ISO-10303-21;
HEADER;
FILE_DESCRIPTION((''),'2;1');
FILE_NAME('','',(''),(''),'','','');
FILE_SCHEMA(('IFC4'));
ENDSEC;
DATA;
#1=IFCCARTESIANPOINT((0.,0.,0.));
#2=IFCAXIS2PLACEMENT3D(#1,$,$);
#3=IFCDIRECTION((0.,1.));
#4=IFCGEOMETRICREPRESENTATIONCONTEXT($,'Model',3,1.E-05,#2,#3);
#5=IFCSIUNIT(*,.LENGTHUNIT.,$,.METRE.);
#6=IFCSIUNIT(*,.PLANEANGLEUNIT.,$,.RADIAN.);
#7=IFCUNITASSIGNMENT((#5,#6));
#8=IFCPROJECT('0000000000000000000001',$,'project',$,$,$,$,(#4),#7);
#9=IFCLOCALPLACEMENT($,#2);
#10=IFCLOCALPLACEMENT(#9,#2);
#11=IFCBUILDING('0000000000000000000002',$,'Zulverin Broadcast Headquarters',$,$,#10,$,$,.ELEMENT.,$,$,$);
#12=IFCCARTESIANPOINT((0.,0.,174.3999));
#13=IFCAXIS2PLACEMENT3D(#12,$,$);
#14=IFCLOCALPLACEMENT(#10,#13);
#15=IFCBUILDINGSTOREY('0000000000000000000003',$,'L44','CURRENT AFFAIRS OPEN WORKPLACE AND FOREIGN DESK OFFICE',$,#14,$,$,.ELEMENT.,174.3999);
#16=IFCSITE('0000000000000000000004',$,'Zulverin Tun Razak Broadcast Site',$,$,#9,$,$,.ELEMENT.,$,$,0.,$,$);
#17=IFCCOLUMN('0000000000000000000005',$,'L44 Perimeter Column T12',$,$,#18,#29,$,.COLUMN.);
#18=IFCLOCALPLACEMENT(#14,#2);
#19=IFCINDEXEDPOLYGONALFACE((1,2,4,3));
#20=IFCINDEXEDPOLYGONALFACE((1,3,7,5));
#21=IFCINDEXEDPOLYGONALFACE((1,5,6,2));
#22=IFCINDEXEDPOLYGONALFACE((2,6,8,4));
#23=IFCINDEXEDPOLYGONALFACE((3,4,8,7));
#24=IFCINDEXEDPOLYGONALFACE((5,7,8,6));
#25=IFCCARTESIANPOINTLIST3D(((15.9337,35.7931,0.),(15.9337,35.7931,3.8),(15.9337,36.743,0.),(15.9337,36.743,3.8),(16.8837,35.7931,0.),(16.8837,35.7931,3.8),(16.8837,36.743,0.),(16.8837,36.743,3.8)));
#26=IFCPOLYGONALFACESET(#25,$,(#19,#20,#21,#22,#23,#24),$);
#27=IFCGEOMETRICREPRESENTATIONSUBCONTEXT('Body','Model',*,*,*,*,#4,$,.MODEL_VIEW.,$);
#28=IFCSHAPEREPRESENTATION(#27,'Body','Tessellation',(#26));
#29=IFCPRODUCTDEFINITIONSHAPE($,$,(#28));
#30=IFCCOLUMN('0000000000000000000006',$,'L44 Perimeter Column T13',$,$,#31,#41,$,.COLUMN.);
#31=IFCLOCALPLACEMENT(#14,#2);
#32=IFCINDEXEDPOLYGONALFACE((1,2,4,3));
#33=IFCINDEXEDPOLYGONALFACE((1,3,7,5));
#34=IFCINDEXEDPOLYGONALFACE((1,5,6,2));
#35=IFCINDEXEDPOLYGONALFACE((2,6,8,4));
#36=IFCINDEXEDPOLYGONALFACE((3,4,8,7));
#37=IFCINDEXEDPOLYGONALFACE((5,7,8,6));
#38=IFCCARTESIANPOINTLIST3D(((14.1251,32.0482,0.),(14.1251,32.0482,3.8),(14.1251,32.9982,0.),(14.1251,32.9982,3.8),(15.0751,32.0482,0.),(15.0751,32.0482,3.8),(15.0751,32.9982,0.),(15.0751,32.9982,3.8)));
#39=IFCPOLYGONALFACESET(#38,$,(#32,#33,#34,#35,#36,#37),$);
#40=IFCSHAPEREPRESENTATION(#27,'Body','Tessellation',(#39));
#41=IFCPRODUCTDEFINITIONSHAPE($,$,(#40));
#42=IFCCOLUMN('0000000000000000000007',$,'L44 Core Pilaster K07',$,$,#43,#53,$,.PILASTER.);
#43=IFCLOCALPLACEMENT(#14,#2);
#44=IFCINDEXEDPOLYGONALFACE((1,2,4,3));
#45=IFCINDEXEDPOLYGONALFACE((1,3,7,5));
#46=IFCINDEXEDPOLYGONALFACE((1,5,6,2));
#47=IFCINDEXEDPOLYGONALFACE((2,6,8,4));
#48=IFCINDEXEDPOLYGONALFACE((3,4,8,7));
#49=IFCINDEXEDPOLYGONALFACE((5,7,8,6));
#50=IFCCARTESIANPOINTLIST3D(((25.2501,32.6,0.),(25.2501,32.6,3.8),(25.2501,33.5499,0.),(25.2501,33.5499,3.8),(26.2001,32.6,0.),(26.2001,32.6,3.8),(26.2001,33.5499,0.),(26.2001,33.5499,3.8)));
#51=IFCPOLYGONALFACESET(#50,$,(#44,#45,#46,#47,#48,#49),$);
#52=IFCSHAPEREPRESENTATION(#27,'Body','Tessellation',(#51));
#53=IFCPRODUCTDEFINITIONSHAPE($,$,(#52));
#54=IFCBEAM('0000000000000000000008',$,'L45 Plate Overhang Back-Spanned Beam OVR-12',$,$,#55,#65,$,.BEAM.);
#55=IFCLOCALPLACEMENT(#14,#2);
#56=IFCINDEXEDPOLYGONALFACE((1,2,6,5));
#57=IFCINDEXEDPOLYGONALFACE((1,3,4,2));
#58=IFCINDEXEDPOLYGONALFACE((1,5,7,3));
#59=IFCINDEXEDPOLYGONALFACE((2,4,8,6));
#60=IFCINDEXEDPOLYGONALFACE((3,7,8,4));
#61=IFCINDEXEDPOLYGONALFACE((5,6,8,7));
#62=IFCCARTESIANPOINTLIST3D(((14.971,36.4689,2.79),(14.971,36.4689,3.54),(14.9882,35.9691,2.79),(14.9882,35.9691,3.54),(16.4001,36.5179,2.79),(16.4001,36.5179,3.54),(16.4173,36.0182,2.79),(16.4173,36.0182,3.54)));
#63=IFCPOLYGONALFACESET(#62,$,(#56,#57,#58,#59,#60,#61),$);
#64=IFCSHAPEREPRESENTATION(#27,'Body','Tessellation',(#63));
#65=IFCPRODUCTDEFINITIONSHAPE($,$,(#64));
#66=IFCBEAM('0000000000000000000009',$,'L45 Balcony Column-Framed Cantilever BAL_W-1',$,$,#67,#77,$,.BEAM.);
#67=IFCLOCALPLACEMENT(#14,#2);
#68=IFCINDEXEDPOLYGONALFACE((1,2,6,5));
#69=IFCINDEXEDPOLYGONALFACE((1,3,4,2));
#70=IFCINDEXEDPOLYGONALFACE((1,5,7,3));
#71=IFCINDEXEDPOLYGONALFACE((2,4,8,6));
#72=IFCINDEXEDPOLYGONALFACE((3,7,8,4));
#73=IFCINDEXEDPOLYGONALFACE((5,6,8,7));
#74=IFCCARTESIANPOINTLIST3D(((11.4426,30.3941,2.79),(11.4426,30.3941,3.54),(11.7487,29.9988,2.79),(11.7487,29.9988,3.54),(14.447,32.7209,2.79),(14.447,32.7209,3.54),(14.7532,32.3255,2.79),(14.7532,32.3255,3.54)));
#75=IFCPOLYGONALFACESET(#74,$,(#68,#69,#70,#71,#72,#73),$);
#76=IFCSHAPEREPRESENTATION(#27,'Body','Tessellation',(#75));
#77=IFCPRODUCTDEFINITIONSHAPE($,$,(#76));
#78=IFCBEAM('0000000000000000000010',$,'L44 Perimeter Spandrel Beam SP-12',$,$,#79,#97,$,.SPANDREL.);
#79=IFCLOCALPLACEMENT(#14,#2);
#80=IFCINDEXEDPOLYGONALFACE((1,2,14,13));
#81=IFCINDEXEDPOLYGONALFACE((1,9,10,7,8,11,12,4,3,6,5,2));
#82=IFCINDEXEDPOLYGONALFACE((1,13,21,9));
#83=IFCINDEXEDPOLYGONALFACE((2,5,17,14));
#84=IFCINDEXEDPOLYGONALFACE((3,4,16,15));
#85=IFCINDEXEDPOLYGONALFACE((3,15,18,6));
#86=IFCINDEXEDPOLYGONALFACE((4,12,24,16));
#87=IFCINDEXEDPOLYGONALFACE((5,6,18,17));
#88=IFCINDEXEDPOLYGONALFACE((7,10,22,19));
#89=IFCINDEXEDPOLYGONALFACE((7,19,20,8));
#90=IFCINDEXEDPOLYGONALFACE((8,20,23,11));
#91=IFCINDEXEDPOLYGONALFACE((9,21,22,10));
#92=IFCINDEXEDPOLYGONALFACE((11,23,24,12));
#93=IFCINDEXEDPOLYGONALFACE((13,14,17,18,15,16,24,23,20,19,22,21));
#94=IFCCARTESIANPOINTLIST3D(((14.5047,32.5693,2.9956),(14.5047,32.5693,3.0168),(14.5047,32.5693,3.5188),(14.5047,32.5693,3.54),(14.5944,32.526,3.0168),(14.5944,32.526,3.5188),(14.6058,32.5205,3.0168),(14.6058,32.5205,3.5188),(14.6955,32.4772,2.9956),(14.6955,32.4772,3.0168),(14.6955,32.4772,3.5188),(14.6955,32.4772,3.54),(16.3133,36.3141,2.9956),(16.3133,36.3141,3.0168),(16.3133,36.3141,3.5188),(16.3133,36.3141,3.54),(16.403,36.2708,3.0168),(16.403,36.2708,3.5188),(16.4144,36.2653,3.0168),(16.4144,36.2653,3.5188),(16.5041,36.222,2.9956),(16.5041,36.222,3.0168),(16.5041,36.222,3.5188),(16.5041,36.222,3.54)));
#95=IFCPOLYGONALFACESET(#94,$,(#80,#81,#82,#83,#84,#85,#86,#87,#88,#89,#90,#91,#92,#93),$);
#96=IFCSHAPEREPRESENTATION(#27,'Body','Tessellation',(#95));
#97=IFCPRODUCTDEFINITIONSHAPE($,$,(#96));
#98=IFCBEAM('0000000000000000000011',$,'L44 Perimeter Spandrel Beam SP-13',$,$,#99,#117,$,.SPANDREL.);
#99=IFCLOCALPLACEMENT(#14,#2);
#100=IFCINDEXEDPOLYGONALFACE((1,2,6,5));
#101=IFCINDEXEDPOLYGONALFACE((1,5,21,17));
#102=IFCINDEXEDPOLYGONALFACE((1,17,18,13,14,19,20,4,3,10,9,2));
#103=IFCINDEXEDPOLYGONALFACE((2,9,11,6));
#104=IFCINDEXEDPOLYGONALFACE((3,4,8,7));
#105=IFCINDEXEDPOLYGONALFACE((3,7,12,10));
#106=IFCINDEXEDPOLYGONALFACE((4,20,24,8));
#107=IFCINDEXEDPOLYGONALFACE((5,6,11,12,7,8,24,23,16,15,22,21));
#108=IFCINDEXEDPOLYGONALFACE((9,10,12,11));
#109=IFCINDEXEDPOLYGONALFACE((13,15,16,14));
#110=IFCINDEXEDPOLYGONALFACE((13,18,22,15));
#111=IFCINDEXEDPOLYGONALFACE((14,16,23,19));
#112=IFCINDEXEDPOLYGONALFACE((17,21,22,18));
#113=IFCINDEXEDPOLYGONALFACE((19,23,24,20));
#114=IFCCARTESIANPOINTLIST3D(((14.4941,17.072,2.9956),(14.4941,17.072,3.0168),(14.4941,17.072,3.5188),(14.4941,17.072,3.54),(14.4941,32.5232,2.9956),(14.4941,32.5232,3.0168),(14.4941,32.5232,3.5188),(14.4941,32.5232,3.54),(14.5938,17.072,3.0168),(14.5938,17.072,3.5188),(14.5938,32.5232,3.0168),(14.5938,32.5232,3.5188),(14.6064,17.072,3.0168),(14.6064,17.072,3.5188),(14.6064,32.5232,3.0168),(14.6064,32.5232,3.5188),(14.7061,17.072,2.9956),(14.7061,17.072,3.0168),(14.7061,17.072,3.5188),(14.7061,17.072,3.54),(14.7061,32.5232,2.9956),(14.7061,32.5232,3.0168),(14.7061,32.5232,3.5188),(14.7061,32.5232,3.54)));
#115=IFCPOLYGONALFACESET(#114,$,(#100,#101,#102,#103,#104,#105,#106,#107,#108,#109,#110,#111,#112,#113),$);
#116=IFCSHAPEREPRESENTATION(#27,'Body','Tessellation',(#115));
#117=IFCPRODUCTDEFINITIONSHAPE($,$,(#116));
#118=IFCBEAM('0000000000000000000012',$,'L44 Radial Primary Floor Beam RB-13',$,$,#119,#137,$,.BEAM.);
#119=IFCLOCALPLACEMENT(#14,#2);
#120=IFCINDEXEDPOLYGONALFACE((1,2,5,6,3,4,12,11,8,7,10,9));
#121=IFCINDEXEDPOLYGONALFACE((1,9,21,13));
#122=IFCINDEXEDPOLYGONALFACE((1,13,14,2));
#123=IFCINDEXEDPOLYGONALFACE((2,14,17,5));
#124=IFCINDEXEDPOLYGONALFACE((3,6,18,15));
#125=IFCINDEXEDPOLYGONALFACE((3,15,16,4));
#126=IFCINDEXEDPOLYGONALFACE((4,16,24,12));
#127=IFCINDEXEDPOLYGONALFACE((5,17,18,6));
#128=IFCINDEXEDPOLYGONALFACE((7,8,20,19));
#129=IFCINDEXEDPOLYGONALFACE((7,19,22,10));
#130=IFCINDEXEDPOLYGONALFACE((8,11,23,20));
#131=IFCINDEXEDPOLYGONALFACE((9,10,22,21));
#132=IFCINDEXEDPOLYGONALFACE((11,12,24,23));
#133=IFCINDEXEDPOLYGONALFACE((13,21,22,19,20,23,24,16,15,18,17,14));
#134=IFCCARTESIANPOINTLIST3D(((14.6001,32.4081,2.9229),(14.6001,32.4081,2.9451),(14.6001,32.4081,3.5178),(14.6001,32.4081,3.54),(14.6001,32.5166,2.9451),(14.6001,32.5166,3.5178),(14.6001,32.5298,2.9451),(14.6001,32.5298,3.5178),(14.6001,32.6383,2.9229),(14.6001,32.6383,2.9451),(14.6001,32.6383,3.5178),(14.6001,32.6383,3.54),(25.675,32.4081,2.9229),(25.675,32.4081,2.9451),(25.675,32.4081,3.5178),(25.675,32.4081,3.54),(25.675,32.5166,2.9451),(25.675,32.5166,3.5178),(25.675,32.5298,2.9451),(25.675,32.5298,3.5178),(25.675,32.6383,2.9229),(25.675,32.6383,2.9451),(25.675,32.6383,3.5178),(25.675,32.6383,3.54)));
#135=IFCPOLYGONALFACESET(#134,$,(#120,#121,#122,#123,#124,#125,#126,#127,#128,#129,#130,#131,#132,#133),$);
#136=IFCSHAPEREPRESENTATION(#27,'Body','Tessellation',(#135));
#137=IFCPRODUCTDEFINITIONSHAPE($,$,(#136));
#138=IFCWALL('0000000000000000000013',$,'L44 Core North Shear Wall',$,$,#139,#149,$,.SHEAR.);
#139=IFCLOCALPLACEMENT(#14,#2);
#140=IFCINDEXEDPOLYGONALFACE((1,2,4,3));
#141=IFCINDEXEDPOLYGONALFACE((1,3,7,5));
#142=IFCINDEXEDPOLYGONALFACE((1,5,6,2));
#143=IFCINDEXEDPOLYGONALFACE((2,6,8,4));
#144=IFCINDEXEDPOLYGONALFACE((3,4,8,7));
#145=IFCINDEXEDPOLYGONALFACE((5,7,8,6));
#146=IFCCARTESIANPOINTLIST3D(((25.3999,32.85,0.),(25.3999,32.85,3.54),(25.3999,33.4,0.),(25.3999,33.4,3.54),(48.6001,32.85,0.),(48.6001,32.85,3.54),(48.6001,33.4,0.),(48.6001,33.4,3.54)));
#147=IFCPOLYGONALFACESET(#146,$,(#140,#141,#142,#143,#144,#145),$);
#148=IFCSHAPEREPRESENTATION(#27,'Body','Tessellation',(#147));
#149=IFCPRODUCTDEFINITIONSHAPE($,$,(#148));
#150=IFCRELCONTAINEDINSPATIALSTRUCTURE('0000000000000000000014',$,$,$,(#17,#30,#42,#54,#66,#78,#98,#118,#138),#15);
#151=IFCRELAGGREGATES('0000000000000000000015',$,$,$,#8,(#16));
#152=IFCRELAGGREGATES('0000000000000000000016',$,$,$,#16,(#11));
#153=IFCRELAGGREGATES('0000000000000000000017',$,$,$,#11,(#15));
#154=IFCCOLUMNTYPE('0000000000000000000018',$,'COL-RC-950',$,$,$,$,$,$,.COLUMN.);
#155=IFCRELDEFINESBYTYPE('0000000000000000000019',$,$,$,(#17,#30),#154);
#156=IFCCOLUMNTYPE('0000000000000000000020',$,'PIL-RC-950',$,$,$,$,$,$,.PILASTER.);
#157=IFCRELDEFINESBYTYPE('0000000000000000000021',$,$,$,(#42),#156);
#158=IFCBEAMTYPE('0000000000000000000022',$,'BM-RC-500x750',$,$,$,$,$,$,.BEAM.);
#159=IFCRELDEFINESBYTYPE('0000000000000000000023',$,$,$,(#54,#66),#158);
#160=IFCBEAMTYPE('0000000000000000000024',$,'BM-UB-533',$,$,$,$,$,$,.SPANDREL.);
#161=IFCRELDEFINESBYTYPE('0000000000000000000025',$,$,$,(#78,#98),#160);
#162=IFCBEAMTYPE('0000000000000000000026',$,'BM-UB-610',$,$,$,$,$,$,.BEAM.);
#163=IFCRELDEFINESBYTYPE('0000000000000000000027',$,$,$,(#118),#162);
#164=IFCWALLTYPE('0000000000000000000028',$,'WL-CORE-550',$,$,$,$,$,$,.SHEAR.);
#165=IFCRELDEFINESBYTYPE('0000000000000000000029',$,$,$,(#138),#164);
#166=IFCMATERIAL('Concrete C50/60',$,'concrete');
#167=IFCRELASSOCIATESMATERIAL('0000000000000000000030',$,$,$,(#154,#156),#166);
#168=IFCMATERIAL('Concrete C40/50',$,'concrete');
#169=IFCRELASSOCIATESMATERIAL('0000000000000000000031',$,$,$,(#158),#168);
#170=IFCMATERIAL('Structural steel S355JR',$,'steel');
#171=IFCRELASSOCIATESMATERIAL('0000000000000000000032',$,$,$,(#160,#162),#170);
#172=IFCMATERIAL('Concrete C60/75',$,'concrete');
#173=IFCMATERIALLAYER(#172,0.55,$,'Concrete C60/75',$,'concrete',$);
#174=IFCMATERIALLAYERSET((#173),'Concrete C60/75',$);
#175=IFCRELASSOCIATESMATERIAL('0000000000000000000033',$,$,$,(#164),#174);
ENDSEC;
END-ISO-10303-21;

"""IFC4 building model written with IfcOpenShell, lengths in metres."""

from ifc_helpers import new_model, si_unit, direction, frame, frame_2d, origin, origin_2d, place, context, subcontext, project, spatial, rectangle, i_section, extrude, material, layer, layer_set, material_profile, profile_set, type_object, element, save


model = new_model("IFC4")

# Units and contexts
model_context = context("Model", 3, precision=1e-05, world=origin(), true_north=direction((0.0, 1.0)))
body_context = subcontext(model_context, "Body", "Model", "MODEL_VIEW")
ifc_project = project(units=[si_unit("LENGTHUNIT", "METRE"), si_unit("PLANEANGLEUNIT", "RADIAN")], contexts=[model_context])

# Site, building, storey
site_placement = place(None, origin())
site = spatial("IfcSite", under=ifc_project, at=site_placement, Name="Zulverin Tun Razak Broadcast Site", CompositionType="ELEMENT", RefElevation=0.0)
building_placement = place(site_placement, origin())
building = spatial("IfcBuilding", under=site, at=building_placement, Name="Zulverin Broadcast Headquarters", CompositionType="ELEMENT")
storey_placement = place(building_placement, frame((0.0, 0.0, 174.3999)))
storey = spatial("IfcBuildingStorey", under=building, at=storey_placement, Name="L44", Description="CURRENT AFFAIRS OPEN WORKPLACE AND FOREIGN DESK OFFICE", CompositionType="ELEMENT", Elevation=174.3999)

# Columns
ifc_material_1 = material(Name="Concrete C50/60", Category="concrete")
ifc_material_profile_1 = material_profile(ifc_material_1, rectangle(XDim=0.95, YDim=0.95, at=origin_2d()), Name="Concrete C50/60", Category="concrete")
ifc_profile_set_1 = profile_set([ifc_material_profile_1], Name="Concrete C50/60")
column_type_1 = type_object("IfcColumnType", Name="COL-RC-950", PredefinedType="COLUMN", material=ifc_profile_set_1)
for number, where, z_axis, x_axis, name in (
    (1, (16.4087, 36.2681, 0.0), (0.0, 0.0, 1.0), (1.0, 0.0, 0.0), "L44 Perimeter Column T12"),
    (2, (14.6001, 32.5232, 0.0), (0.0, 0.0, 1.0), (1.0, 0.0, 0.0), "L44 Perimeter Column T13"),
):
    element("IfcColumn", number, at=place(storey_placement, frame(where, z_axis=z_axis, x_axis=x_axis)), inside=storey, type_object=column_type_1, Name=name, PredefinedType="COLUMN", context=body_context, shape_type="SweptSolid", body=[
        extrude(rectangle(XDim=0.95, YDim=0.95, at=origin_2d()), origin(), (0.0, 0.0, 1.0), 3.8),
    ])
ifc_material_profile_2 = material_profile(ifc_material_1, rectangle(XDim=0.95, YDim=0.95, at=origin_2d()), Name="Concrete C50/60", Category="concrete")
ifc_profile_set_2 = profile_set([ifc_material_profile_2], Name="Concrete C50/60")
column_type_2 = type_object("IfcColumnType", Name="PIL-RC-950", PredefinedType="PILASTER", material=ifc_profile_set_2)
column_placement = place(storey_placement, frame((25.7251, 33.075, 0.0), z_axis=(0.0, 0.0, 1.0), x_axis=(1.0, 0.0, 0.0)))
element("IfcColumn", 3, at=column_placement, inside=storey, type_object=column_type_2, Name="L44 Core Pilaster K07", PredefinedType="PILASTER", context=body_context, shape_type="SweptSolid", body=[
    extrude(rectangle(XDim=0.95, YDim=0.95, at=origin_2d()), origin(), (0.0, 0.0, 1.0), 3.8),
])

# Beams
ifc_material_2 = material(Name="Concrete C40/50", Category="concrete")
ifc_material_profile_3 = material_profile(ifc_material_2, rectangle(XDim=0.5, YDim=0.75, at=origin_2d()), Name="Concrete C40/50", Category="concrete")
ifc_profile_set_3 = profile_set([ifc_material_profile_3], Name="Concrete C40/50")
beam_type_1 = type_object("IfcBeamType", Name="BM-RC-500x750", PredefinedType="BEAM", material=ifc_profile_set_3)
beam_1_placement = place(storey_placement, frame((16.4087, 36.2681, 3.165), z_axis=(-0.999411, -0.034315, 0.0), x_axis=(0.034315, -0.999411, 0.0)))
element("IfcBeam", 4, at=beam_1_placement, inside=storey, type_object=beam_type_1, Name="L45 Plate Overhang Back-Spanned Beam OVR-12", PredefinedType="BEAM", context=body_context, shape_type="SweptSolid", body=[
    extrude(rectangle(XDim=0.5, YDim=0.75, at=origin_2d()), origin(), (0.0, 0.0, 1.0), 1.4299),
])
beam_2_placement = place(storey_placement, frame((14.6001, 32.5232, 3.165), z_axis=(-0.790637, -0.612285, 0.0), x_axis=(0.612285, -0.790637, 0.0)))
element("IfcBeam", 5, at=beam_2_placement, inside=storey, type_object=beam_type_1, Name="L45 Balcony Column-Framed Cantilever BAL_W-1", PredefinedType="BEAM", context=body_context, shape_type="SweptSolid", body=[
    extrude(rectangle(XDim=0.5, YDim=0.75, at=origin_2d()), origin(), (0.0, 0.0, 1.0), 3.8),
])
ifc_material_3 = material(Name="Structural steel S355JR", Category="steel")
ifc_material_profile_4 = material_profile(ifc_material_3, i_section(OverallWidth=0.2119, OverallDepth=0.5444, WebThickness=0.0127, FlangeThickness=0.0212, at=origin_2d()), Name="Structural steel S355JR", Category="steel")
ifc_profile_set_4 = profile_set([ifc_material_profile_4], Name="Structural steel S355JR")
beam_type_2 = type_object("IfcBeamType", Name="BM-UB-533", PredefinedType="SPANDREL", material=ifc_profile_set_4)
beam_3_placement = place(storey_placement, frame((16.4087, 36.2681, 3.2678), z_axis=(-0.43489, -0.900483, 0.0), x_axis=(0.900483, -0.43489, 0.0)))
element("IfcBeam", 6, at=beam_3_placement, inside=storey, type_object=beam_type_2, Name="L44 Perimeter Spandrel Beam SP-12", PredefinedType="SPANDREL", context=body_context, shape_type="SweptSolid", body=[
    extrude(i_section(OverallWidth=0.2119, OverallDepth=0.5444, WebThickness=0.0127, FlangeThickness=0.0212, at=origin_2d()), origin(), (0.0, 0.0, 1.0), 4.1587),
])
beam_4_placement = place(storey_placement, frame((14.6001, 32.5232, 3.2678), z_axis=(0.0, -1.0, 0.0), x_axis=(1.0, 0.0, 0.0)))
element("IfcBeam", 7, at=beam_4_placement, inside=storey, type_object=beam_type_2, Name="L44 Perimeter Spandrel Beam SP-13", PredefinedType="SPANDREL", context=body_context, shape_type="SweptSolid", body=[
    extrude(i_section(OverallWidth=0.2119, OverallDepth=0.5444, WebThickness=0.0127, FlangeThickness=0.0212, at=origin_2d()), origin(), (0.0, 0.0, 1.0), 15.4512),
])
ifc_material_profile_5 = material_profile(ifc_material_3, i_section(OverallWidth=0.2302, OverallDepth=0.6172, WebThickness=0.0132, FlangeThickness=0.0222, at=origin_2d()), Name="Structural steel S355JR", Category="steel")
ifc_profile_set_5 = profile_set([ifc_material_profile_5], Name="Structural steel S355JR")
beam_type_3 = type_object("IfcBeamType", Name="BM-UB-610", PredefinedType="BEAM", material=ifc_profile_set_5)
beam_5_placement = place(storey_placement, frame((25.675, 32.5232, 3.2314), z_axis=(-1.0, 0.0, 0.0), x_axis=(0.0, -1.0, 0.0)))
element("IfcBeam", 8, at=beam_5_placement, inside=storey, type_object=beam_type_3, Name="L44 Radial Primary Floor Beam RB-13", PredefinedType="BEAM", context=body_context, shape_type="SweptSolid", body=[
    extrude(i_section(OverallWidth=0.2302, OverallDepth=0.6172, WebThickness=0.0132, FlangeThickness=0.0222, at=origin_2d()), origin(), (0.0, 0.0, 1.0), 11.075),
])

# Wall
ifc_material_4 = material(Name="Concrete C60/75", Category="concrete")
ifc_layer_1 = layer(ifc_material_4, 0.55, Name="Concrete C60/75", Category="concrete")
ifc_layer_set_1 = layer_set([ifc_layer_1], Name="Concrete C60/75")
wall_type_1 = type_object("IfcWallType", Name="WL-CORE-550", PredefinedType="SHEAR", material=ifc_layer_set_1)
wall_1_placement = place(storey_placement, frame((25.3999, 33.125, 0.0), z_axis=(0.0, 0.0, 1.0), x_axis=(1.0, 0.0, 0.0)))
element("IfcWall", 9, at=wall_1_placement, inside=storey, type_object=wall_type_1, Name="L44 Core North Shear Wall", PredefinedType="SHEAR", context=body_context, shape_type="SweptSolid", body=[
    extrude(rectangle(XDim=23.2002, YDim=0.55, at=frame_2d((11.6001, 0.0))), origin(), (0.0, 0.0, 1.0), 3.54),
])

save(model, "model.ifc")
